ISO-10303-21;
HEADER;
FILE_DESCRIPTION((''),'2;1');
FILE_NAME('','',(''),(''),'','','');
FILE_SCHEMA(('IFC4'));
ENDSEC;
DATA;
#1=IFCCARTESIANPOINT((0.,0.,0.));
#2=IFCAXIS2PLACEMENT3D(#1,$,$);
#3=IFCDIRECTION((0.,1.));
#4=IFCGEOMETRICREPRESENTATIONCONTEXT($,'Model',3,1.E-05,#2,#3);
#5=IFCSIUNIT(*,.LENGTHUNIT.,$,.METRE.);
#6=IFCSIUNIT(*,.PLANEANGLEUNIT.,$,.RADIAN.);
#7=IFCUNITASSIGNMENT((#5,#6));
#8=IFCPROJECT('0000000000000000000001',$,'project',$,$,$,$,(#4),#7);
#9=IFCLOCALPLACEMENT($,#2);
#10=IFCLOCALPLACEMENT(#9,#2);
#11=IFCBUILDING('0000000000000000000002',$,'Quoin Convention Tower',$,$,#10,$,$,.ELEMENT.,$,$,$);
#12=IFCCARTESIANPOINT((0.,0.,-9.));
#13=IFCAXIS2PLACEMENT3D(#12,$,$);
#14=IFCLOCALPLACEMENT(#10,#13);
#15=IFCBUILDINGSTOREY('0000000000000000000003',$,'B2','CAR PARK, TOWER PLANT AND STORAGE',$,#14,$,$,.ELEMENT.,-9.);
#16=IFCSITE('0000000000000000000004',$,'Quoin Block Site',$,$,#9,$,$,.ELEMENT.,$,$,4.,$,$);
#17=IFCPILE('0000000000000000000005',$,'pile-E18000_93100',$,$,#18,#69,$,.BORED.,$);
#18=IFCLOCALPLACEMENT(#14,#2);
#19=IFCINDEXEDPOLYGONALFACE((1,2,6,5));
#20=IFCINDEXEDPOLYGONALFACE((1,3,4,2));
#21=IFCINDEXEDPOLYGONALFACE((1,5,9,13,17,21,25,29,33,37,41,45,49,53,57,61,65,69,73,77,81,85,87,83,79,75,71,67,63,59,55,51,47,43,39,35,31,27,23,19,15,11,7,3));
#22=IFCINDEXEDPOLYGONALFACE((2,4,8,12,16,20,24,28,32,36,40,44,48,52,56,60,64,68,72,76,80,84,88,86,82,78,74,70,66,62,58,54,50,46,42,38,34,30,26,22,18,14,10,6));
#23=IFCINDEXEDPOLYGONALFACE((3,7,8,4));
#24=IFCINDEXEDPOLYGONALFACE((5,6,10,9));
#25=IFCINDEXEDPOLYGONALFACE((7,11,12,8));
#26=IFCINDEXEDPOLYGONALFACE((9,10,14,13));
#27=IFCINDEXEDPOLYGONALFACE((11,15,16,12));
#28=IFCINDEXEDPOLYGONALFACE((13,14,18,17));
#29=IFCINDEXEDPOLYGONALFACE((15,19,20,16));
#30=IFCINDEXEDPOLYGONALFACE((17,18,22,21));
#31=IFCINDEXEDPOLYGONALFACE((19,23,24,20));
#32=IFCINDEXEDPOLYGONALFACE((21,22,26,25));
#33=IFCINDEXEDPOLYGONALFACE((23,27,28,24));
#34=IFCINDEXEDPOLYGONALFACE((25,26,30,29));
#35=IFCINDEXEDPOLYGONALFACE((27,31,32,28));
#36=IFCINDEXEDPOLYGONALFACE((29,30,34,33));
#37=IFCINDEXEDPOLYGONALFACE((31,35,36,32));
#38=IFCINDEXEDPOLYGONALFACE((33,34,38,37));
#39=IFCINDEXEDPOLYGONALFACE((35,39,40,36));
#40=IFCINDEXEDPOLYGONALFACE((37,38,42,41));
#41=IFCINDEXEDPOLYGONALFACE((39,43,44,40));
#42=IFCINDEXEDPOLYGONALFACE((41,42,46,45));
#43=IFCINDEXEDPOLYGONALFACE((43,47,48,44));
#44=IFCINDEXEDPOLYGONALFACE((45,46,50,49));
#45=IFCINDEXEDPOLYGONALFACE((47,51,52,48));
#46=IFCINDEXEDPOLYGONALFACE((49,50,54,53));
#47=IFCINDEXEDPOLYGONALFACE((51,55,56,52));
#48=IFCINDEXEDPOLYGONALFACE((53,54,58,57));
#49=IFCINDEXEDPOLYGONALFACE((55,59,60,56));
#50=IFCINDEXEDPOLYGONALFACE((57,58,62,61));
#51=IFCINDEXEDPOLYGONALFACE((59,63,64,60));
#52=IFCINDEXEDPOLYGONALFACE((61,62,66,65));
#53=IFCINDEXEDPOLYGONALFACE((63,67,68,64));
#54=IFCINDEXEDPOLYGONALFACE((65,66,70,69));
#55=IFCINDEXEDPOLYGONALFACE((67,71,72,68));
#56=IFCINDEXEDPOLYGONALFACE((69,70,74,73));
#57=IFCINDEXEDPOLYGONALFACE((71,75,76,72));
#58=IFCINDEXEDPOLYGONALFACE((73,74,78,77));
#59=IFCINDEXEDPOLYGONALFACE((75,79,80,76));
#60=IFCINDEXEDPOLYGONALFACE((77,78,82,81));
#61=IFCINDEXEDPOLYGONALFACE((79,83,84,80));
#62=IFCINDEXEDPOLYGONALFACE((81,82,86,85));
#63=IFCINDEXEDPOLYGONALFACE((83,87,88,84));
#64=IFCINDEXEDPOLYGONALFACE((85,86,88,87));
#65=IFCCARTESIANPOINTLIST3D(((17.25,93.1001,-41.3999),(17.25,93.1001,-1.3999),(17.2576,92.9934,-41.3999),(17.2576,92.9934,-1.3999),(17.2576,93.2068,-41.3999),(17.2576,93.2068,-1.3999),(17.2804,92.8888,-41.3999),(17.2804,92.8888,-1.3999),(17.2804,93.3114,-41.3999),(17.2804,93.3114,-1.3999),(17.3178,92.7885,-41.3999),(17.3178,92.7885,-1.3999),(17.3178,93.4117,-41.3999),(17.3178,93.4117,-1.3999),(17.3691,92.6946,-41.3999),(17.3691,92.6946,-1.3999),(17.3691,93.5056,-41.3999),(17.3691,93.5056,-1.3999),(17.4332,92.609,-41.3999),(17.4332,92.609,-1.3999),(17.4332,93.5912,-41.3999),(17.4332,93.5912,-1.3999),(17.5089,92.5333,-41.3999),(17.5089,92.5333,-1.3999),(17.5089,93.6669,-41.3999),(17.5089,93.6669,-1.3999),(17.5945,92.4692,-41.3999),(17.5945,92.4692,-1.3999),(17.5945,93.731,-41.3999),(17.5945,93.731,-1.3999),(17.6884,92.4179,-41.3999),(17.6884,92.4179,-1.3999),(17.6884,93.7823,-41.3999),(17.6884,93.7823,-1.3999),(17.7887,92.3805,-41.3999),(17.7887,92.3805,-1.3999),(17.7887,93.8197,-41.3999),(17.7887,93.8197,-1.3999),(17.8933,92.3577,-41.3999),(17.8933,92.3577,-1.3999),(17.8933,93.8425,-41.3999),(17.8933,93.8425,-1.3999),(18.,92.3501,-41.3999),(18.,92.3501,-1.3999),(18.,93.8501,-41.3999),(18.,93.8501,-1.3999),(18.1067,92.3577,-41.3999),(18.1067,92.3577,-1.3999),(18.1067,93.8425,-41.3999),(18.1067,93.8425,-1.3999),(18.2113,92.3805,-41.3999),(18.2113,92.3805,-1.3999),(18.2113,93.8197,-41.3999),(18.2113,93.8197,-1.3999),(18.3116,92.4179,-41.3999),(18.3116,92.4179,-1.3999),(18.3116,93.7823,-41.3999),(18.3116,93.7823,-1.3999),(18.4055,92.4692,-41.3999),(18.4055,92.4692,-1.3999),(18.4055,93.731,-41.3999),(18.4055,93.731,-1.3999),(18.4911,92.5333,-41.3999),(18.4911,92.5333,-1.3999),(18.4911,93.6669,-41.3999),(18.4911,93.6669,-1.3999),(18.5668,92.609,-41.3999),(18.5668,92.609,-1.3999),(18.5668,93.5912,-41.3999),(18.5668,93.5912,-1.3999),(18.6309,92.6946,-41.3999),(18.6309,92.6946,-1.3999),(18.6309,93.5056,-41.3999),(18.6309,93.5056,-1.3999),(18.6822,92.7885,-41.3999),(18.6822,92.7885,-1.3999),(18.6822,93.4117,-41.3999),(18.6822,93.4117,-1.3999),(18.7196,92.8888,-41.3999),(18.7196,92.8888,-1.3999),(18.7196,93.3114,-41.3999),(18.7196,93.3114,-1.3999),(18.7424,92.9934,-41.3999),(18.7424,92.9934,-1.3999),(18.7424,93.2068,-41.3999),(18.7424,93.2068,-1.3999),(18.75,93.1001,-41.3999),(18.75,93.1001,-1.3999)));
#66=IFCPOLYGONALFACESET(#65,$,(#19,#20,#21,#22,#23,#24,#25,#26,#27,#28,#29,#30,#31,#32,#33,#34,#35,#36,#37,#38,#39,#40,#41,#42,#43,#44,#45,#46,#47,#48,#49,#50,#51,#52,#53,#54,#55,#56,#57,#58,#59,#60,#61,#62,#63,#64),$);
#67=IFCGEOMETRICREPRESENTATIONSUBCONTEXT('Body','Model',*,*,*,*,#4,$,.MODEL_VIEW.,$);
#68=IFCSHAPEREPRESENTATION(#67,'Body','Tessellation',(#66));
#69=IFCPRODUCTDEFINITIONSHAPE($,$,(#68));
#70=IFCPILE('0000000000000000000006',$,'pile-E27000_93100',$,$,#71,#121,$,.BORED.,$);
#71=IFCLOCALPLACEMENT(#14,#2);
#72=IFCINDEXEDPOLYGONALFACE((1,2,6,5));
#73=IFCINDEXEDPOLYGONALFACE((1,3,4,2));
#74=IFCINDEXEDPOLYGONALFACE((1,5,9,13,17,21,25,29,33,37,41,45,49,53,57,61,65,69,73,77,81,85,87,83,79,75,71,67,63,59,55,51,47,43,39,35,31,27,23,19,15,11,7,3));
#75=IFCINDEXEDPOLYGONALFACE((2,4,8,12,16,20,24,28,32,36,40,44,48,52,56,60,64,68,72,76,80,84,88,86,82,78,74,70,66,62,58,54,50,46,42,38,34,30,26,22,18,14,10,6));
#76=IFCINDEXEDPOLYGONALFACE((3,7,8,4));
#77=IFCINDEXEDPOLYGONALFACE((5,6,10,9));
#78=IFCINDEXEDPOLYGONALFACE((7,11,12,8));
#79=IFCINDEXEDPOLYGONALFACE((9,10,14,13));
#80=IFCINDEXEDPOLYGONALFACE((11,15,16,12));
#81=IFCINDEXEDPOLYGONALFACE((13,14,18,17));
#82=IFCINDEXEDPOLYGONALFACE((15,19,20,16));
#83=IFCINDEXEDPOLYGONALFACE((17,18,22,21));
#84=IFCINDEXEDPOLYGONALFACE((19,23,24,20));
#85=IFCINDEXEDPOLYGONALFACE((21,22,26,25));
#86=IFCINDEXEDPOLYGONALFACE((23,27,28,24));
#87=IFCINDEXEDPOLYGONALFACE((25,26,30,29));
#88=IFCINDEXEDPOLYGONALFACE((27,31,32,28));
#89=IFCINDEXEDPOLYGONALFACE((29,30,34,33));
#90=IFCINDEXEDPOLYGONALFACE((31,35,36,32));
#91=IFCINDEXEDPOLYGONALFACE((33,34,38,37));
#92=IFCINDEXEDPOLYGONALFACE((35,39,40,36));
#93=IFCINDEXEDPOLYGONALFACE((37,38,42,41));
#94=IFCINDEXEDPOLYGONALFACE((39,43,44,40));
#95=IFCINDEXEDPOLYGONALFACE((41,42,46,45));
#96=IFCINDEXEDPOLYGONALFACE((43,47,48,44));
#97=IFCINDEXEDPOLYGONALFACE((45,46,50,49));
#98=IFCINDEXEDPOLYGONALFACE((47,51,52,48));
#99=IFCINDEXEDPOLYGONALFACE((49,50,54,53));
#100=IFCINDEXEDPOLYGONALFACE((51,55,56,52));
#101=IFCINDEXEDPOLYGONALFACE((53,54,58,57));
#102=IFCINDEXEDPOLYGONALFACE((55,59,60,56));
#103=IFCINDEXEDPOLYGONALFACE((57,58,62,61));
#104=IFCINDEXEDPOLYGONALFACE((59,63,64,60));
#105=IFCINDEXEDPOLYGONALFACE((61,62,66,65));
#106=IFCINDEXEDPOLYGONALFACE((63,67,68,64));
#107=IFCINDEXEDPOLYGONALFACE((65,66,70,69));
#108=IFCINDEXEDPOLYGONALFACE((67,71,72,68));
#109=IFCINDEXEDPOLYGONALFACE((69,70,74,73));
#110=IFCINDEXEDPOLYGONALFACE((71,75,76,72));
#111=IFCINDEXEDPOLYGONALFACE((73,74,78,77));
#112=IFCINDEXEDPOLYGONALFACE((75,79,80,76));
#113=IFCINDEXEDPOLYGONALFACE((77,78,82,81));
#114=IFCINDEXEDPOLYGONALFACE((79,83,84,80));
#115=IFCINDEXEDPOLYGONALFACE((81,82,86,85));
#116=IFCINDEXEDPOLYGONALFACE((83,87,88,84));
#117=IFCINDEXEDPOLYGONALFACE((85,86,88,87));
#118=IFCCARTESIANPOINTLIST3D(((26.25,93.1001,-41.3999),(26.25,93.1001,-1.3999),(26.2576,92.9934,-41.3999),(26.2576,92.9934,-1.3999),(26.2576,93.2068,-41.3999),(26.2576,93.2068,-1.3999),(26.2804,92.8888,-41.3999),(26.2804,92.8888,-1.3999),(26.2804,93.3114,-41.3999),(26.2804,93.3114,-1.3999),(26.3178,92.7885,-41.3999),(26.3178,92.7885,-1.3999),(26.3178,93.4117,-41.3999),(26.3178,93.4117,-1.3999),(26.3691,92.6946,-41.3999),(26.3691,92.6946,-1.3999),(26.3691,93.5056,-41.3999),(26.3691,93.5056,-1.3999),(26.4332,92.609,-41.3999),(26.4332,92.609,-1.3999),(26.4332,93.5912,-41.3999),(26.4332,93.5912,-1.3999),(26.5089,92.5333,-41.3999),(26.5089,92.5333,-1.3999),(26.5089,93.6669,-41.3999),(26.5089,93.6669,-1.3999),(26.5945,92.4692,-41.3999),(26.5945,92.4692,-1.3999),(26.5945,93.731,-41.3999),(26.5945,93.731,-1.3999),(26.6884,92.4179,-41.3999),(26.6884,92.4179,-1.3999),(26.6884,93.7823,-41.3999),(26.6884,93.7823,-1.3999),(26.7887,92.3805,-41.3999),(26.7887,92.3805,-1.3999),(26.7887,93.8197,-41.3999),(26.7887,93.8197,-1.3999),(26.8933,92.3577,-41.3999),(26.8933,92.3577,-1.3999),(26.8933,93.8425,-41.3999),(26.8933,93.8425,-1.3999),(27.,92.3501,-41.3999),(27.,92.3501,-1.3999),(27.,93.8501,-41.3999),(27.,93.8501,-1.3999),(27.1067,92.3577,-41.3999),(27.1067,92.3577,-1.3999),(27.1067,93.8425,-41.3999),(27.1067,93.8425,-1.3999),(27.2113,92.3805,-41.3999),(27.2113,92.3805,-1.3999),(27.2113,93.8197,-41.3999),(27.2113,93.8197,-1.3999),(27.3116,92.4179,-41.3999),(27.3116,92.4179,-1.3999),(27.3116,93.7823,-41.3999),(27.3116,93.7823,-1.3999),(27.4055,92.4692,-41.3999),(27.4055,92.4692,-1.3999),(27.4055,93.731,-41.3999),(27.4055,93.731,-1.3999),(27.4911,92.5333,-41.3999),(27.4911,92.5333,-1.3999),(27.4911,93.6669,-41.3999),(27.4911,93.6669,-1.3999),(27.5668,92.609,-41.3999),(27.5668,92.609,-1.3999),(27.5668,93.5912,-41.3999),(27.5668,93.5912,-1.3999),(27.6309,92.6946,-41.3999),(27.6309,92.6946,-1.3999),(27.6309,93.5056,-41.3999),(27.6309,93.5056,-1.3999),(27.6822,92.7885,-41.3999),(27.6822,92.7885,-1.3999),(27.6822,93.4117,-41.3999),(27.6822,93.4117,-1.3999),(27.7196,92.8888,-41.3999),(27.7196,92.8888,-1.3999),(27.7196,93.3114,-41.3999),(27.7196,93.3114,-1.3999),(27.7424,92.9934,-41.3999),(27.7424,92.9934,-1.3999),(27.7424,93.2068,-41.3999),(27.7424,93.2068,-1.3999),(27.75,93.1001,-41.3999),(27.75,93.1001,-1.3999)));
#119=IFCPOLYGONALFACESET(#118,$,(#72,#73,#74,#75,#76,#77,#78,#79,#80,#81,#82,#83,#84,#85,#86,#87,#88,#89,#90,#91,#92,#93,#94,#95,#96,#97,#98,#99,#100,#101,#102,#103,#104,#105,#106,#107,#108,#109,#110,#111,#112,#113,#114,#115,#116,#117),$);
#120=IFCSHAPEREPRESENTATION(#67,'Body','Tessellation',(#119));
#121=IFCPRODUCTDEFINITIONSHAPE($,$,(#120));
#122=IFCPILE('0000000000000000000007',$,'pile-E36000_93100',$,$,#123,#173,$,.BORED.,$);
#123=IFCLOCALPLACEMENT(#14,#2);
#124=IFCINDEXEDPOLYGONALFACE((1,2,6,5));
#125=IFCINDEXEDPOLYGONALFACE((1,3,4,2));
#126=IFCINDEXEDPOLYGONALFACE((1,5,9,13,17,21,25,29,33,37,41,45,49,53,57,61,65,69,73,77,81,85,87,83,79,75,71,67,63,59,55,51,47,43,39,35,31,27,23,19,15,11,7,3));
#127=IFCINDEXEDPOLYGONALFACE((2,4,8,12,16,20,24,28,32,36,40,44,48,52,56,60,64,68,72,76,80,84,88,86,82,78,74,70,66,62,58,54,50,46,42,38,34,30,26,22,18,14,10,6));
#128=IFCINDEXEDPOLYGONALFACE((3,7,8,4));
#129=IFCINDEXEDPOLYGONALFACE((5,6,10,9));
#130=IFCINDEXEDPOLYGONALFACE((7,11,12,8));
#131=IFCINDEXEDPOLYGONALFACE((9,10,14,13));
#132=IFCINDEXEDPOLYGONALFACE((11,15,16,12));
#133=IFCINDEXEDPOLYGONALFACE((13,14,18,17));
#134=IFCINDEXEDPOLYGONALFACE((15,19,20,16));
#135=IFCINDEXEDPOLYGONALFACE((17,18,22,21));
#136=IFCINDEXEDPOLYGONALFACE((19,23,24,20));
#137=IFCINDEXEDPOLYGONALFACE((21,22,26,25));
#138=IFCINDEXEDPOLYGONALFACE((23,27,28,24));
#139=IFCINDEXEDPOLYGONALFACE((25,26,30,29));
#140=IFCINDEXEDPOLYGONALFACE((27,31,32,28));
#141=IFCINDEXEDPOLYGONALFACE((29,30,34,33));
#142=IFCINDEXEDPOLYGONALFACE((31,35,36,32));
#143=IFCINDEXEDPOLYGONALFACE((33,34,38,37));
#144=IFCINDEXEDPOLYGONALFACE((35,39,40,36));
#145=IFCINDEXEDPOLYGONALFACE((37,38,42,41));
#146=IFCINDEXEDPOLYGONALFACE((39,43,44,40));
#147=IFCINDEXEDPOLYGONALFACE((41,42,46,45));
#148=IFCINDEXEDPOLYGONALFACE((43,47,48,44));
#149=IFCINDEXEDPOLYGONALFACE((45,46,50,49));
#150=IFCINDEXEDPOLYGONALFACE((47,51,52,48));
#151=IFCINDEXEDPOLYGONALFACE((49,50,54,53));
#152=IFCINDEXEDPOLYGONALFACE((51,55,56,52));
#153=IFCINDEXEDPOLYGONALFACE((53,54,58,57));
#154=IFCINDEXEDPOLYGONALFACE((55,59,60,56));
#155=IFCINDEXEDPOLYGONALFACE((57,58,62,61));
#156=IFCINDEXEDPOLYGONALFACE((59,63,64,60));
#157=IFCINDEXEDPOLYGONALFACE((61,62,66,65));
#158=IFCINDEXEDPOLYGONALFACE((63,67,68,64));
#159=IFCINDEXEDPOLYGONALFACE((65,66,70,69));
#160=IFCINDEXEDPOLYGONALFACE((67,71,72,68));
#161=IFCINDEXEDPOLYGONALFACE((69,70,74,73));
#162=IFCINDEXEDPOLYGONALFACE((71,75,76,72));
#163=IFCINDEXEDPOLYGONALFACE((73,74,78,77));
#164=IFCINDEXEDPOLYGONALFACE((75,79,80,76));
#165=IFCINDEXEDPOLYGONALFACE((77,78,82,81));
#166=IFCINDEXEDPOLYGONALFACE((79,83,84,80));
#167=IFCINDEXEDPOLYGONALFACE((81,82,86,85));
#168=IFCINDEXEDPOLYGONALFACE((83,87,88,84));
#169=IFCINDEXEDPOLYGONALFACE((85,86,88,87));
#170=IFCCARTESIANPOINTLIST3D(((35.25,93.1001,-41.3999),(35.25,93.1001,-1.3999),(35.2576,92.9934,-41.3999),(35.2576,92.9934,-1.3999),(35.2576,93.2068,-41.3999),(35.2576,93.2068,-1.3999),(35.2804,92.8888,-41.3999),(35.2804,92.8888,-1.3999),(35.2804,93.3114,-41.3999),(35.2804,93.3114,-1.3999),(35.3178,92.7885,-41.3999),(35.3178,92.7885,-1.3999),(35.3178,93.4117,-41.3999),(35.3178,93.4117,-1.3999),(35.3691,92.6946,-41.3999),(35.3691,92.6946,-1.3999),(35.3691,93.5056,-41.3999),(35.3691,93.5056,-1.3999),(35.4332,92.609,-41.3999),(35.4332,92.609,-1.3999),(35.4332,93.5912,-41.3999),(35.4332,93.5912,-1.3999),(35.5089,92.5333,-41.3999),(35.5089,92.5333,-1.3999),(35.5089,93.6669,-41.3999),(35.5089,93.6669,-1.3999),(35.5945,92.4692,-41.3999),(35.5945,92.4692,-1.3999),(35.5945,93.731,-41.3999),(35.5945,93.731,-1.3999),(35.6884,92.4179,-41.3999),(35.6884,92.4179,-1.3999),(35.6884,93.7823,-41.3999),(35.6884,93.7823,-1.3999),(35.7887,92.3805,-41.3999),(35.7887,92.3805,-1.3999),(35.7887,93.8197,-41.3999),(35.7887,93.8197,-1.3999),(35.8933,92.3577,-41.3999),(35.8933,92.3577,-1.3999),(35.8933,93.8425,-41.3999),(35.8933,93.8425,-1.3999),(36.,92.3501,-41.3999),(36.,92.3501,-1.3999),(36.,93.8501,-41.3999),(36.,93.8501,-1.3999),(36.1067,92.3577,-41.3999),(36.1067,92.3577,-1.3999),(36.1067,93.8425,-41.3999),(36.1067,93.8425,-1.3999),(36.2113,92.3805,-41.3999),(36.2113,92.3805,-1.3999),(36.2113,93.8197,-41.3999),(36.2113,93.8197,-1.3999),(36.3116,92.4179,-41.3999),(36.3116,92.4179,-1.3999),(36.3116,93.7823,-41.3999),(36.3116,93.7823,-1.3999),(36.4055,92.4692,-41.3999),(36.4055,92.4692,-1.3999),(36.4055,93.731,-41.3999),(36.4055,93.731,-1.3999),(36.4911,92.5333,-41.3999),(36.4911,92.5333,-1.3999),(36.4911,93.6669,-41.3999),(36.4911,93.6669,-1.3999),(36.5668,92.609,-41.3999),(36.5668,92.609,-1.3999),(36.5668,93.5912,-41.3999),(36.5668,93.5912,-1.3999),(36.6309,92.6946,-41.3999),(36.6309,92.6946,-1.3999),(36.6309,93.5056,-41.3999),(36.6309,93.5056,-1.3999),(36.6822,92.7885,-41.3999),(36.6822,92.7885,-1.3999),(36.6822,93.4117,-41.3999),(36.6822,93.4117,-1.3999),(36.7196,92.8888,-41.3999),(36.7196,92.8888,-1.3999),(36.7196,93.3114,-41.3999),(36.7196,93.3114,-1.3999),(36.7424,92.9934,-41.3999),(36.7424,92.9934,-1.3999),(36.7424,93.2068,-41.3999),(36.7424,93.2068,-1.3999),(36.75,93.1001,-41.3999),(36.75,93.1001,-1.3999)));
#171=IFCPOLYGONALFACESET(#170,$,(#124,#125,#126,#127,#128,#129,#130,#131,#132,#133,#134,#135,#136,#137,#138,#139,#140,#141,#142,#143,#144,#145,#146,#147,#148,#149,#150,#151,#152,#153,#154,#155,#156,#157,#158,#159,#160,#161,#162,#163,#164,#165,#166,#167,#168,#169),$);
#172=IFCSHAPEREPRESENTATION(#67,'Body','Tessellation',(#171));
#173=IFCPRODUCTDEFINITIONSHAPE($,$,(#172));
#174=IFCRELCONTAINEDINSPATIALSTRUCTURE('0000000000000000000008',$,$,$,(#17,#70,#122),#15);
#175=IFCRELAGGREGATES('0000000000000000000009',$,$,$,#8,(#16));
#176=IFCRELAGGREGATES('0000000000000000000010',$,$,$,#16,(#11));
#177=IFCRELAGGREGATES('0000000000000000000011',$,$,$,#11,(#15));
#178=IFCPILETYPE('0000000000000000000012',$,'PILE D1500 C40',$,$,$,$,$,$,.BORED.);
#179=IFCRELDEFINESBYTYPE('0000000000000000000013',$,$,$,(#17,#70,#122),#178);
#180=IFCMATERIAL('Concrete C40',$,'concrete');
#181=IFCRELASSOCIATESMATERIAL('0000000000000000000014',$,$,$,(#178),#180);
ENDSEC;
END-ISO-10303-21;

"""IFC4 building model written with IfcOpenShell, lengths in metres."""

from ifc_helpers import new_model, si_unit, direction, frame, origin, origin_2d, place, context, subcontext, project, spatial, circle, extrude, material, material_profile, profile_set, type_object, element, save


model = new_model("IFC4")

# Units and contexts
model_context = context("Model", 3, precision=1e-05, world=origin(), true_north=direction((0.0, 1.0)))
body_context = subcontext(model_context, "Body", "Model", "MODEL_VIEW")
ifc_project = project(units=[si_unit("LENGTHUNIT", "METRE"), si_unit("PLANEANGLEUNIT", "RADIAN")], contexts=[model_context])

# Site, building, storey
site_placement = place(None, origin())
site = spatial("IfcSite", under=ifc_project, at=site_placement, Name="Quoin Block Site", CompositionType="ELEMENT", RefElevation=4.0)
building_placement = place(site_placement, origin())
building = spatial("IfcBuilding", under=site, at=building_placement, Name="Quoin Convention Tower", CompositionType="ELEMENT")
storey_placement = place(building_placement, frame((0.0, 0.0, -9.0)))
storey = spatial("IfcBuildingStorey", under=building, at=storey_placement, Name="B2", Description="CAR PARK, TOWER PLANT AND STORAGE", CompositionType="ELEMENT", Elevation=-9.0)

# Piles
ifc_material_1 = material(Name="Concrete C40", Category="concrete")
ifc_material_profile_1 = material_profile(ifc_material_1, circle(Radius=0.75, at=origin_2d()), Name="D1500")
ifc_profile_set_1 = profile_set([ifc_material_profile_1], Name="Concrete C40")
pile_type = type_object("IfcPileType", Name="PILE D1500 C40", PredefinedType="BORED", material=ifc_profile_set_1)
for number, where, z_axis, x_axis, name in (
    (1, (18.0, 93.1001, -1.3999), (0.0, 0.0, -1.0), (1.0, 0.0, 0.0), "pile-E18000_93100"),
    (2, (27.0, 93.1001, -1.3999), (0.0, 0.0, -1.0), (1.0, 0.0, 0.0), "pile-E27000_93100"),
    (3, (36.0, 93.1001, -1.3999), (0.0, 0.0, -1.0), (1.0, 0.0, 0.0), "pile-E36000_93100"),
):
    element("IfcPile", number, at=place(storey_placement, frame(where, z_axis=z_axis, x_axis=x_axis)), inside=storey, type_object=pile_type, Name=name, PredefinedType="BORED", context=body_context, shape_type="SweptSolid", body=[
        extrude(circle(Radius=0.75, at=origin_2d()), origin(), (0.0, 0.0, 1.0), 40.0),
    ])

save(model, "model.ifc")
